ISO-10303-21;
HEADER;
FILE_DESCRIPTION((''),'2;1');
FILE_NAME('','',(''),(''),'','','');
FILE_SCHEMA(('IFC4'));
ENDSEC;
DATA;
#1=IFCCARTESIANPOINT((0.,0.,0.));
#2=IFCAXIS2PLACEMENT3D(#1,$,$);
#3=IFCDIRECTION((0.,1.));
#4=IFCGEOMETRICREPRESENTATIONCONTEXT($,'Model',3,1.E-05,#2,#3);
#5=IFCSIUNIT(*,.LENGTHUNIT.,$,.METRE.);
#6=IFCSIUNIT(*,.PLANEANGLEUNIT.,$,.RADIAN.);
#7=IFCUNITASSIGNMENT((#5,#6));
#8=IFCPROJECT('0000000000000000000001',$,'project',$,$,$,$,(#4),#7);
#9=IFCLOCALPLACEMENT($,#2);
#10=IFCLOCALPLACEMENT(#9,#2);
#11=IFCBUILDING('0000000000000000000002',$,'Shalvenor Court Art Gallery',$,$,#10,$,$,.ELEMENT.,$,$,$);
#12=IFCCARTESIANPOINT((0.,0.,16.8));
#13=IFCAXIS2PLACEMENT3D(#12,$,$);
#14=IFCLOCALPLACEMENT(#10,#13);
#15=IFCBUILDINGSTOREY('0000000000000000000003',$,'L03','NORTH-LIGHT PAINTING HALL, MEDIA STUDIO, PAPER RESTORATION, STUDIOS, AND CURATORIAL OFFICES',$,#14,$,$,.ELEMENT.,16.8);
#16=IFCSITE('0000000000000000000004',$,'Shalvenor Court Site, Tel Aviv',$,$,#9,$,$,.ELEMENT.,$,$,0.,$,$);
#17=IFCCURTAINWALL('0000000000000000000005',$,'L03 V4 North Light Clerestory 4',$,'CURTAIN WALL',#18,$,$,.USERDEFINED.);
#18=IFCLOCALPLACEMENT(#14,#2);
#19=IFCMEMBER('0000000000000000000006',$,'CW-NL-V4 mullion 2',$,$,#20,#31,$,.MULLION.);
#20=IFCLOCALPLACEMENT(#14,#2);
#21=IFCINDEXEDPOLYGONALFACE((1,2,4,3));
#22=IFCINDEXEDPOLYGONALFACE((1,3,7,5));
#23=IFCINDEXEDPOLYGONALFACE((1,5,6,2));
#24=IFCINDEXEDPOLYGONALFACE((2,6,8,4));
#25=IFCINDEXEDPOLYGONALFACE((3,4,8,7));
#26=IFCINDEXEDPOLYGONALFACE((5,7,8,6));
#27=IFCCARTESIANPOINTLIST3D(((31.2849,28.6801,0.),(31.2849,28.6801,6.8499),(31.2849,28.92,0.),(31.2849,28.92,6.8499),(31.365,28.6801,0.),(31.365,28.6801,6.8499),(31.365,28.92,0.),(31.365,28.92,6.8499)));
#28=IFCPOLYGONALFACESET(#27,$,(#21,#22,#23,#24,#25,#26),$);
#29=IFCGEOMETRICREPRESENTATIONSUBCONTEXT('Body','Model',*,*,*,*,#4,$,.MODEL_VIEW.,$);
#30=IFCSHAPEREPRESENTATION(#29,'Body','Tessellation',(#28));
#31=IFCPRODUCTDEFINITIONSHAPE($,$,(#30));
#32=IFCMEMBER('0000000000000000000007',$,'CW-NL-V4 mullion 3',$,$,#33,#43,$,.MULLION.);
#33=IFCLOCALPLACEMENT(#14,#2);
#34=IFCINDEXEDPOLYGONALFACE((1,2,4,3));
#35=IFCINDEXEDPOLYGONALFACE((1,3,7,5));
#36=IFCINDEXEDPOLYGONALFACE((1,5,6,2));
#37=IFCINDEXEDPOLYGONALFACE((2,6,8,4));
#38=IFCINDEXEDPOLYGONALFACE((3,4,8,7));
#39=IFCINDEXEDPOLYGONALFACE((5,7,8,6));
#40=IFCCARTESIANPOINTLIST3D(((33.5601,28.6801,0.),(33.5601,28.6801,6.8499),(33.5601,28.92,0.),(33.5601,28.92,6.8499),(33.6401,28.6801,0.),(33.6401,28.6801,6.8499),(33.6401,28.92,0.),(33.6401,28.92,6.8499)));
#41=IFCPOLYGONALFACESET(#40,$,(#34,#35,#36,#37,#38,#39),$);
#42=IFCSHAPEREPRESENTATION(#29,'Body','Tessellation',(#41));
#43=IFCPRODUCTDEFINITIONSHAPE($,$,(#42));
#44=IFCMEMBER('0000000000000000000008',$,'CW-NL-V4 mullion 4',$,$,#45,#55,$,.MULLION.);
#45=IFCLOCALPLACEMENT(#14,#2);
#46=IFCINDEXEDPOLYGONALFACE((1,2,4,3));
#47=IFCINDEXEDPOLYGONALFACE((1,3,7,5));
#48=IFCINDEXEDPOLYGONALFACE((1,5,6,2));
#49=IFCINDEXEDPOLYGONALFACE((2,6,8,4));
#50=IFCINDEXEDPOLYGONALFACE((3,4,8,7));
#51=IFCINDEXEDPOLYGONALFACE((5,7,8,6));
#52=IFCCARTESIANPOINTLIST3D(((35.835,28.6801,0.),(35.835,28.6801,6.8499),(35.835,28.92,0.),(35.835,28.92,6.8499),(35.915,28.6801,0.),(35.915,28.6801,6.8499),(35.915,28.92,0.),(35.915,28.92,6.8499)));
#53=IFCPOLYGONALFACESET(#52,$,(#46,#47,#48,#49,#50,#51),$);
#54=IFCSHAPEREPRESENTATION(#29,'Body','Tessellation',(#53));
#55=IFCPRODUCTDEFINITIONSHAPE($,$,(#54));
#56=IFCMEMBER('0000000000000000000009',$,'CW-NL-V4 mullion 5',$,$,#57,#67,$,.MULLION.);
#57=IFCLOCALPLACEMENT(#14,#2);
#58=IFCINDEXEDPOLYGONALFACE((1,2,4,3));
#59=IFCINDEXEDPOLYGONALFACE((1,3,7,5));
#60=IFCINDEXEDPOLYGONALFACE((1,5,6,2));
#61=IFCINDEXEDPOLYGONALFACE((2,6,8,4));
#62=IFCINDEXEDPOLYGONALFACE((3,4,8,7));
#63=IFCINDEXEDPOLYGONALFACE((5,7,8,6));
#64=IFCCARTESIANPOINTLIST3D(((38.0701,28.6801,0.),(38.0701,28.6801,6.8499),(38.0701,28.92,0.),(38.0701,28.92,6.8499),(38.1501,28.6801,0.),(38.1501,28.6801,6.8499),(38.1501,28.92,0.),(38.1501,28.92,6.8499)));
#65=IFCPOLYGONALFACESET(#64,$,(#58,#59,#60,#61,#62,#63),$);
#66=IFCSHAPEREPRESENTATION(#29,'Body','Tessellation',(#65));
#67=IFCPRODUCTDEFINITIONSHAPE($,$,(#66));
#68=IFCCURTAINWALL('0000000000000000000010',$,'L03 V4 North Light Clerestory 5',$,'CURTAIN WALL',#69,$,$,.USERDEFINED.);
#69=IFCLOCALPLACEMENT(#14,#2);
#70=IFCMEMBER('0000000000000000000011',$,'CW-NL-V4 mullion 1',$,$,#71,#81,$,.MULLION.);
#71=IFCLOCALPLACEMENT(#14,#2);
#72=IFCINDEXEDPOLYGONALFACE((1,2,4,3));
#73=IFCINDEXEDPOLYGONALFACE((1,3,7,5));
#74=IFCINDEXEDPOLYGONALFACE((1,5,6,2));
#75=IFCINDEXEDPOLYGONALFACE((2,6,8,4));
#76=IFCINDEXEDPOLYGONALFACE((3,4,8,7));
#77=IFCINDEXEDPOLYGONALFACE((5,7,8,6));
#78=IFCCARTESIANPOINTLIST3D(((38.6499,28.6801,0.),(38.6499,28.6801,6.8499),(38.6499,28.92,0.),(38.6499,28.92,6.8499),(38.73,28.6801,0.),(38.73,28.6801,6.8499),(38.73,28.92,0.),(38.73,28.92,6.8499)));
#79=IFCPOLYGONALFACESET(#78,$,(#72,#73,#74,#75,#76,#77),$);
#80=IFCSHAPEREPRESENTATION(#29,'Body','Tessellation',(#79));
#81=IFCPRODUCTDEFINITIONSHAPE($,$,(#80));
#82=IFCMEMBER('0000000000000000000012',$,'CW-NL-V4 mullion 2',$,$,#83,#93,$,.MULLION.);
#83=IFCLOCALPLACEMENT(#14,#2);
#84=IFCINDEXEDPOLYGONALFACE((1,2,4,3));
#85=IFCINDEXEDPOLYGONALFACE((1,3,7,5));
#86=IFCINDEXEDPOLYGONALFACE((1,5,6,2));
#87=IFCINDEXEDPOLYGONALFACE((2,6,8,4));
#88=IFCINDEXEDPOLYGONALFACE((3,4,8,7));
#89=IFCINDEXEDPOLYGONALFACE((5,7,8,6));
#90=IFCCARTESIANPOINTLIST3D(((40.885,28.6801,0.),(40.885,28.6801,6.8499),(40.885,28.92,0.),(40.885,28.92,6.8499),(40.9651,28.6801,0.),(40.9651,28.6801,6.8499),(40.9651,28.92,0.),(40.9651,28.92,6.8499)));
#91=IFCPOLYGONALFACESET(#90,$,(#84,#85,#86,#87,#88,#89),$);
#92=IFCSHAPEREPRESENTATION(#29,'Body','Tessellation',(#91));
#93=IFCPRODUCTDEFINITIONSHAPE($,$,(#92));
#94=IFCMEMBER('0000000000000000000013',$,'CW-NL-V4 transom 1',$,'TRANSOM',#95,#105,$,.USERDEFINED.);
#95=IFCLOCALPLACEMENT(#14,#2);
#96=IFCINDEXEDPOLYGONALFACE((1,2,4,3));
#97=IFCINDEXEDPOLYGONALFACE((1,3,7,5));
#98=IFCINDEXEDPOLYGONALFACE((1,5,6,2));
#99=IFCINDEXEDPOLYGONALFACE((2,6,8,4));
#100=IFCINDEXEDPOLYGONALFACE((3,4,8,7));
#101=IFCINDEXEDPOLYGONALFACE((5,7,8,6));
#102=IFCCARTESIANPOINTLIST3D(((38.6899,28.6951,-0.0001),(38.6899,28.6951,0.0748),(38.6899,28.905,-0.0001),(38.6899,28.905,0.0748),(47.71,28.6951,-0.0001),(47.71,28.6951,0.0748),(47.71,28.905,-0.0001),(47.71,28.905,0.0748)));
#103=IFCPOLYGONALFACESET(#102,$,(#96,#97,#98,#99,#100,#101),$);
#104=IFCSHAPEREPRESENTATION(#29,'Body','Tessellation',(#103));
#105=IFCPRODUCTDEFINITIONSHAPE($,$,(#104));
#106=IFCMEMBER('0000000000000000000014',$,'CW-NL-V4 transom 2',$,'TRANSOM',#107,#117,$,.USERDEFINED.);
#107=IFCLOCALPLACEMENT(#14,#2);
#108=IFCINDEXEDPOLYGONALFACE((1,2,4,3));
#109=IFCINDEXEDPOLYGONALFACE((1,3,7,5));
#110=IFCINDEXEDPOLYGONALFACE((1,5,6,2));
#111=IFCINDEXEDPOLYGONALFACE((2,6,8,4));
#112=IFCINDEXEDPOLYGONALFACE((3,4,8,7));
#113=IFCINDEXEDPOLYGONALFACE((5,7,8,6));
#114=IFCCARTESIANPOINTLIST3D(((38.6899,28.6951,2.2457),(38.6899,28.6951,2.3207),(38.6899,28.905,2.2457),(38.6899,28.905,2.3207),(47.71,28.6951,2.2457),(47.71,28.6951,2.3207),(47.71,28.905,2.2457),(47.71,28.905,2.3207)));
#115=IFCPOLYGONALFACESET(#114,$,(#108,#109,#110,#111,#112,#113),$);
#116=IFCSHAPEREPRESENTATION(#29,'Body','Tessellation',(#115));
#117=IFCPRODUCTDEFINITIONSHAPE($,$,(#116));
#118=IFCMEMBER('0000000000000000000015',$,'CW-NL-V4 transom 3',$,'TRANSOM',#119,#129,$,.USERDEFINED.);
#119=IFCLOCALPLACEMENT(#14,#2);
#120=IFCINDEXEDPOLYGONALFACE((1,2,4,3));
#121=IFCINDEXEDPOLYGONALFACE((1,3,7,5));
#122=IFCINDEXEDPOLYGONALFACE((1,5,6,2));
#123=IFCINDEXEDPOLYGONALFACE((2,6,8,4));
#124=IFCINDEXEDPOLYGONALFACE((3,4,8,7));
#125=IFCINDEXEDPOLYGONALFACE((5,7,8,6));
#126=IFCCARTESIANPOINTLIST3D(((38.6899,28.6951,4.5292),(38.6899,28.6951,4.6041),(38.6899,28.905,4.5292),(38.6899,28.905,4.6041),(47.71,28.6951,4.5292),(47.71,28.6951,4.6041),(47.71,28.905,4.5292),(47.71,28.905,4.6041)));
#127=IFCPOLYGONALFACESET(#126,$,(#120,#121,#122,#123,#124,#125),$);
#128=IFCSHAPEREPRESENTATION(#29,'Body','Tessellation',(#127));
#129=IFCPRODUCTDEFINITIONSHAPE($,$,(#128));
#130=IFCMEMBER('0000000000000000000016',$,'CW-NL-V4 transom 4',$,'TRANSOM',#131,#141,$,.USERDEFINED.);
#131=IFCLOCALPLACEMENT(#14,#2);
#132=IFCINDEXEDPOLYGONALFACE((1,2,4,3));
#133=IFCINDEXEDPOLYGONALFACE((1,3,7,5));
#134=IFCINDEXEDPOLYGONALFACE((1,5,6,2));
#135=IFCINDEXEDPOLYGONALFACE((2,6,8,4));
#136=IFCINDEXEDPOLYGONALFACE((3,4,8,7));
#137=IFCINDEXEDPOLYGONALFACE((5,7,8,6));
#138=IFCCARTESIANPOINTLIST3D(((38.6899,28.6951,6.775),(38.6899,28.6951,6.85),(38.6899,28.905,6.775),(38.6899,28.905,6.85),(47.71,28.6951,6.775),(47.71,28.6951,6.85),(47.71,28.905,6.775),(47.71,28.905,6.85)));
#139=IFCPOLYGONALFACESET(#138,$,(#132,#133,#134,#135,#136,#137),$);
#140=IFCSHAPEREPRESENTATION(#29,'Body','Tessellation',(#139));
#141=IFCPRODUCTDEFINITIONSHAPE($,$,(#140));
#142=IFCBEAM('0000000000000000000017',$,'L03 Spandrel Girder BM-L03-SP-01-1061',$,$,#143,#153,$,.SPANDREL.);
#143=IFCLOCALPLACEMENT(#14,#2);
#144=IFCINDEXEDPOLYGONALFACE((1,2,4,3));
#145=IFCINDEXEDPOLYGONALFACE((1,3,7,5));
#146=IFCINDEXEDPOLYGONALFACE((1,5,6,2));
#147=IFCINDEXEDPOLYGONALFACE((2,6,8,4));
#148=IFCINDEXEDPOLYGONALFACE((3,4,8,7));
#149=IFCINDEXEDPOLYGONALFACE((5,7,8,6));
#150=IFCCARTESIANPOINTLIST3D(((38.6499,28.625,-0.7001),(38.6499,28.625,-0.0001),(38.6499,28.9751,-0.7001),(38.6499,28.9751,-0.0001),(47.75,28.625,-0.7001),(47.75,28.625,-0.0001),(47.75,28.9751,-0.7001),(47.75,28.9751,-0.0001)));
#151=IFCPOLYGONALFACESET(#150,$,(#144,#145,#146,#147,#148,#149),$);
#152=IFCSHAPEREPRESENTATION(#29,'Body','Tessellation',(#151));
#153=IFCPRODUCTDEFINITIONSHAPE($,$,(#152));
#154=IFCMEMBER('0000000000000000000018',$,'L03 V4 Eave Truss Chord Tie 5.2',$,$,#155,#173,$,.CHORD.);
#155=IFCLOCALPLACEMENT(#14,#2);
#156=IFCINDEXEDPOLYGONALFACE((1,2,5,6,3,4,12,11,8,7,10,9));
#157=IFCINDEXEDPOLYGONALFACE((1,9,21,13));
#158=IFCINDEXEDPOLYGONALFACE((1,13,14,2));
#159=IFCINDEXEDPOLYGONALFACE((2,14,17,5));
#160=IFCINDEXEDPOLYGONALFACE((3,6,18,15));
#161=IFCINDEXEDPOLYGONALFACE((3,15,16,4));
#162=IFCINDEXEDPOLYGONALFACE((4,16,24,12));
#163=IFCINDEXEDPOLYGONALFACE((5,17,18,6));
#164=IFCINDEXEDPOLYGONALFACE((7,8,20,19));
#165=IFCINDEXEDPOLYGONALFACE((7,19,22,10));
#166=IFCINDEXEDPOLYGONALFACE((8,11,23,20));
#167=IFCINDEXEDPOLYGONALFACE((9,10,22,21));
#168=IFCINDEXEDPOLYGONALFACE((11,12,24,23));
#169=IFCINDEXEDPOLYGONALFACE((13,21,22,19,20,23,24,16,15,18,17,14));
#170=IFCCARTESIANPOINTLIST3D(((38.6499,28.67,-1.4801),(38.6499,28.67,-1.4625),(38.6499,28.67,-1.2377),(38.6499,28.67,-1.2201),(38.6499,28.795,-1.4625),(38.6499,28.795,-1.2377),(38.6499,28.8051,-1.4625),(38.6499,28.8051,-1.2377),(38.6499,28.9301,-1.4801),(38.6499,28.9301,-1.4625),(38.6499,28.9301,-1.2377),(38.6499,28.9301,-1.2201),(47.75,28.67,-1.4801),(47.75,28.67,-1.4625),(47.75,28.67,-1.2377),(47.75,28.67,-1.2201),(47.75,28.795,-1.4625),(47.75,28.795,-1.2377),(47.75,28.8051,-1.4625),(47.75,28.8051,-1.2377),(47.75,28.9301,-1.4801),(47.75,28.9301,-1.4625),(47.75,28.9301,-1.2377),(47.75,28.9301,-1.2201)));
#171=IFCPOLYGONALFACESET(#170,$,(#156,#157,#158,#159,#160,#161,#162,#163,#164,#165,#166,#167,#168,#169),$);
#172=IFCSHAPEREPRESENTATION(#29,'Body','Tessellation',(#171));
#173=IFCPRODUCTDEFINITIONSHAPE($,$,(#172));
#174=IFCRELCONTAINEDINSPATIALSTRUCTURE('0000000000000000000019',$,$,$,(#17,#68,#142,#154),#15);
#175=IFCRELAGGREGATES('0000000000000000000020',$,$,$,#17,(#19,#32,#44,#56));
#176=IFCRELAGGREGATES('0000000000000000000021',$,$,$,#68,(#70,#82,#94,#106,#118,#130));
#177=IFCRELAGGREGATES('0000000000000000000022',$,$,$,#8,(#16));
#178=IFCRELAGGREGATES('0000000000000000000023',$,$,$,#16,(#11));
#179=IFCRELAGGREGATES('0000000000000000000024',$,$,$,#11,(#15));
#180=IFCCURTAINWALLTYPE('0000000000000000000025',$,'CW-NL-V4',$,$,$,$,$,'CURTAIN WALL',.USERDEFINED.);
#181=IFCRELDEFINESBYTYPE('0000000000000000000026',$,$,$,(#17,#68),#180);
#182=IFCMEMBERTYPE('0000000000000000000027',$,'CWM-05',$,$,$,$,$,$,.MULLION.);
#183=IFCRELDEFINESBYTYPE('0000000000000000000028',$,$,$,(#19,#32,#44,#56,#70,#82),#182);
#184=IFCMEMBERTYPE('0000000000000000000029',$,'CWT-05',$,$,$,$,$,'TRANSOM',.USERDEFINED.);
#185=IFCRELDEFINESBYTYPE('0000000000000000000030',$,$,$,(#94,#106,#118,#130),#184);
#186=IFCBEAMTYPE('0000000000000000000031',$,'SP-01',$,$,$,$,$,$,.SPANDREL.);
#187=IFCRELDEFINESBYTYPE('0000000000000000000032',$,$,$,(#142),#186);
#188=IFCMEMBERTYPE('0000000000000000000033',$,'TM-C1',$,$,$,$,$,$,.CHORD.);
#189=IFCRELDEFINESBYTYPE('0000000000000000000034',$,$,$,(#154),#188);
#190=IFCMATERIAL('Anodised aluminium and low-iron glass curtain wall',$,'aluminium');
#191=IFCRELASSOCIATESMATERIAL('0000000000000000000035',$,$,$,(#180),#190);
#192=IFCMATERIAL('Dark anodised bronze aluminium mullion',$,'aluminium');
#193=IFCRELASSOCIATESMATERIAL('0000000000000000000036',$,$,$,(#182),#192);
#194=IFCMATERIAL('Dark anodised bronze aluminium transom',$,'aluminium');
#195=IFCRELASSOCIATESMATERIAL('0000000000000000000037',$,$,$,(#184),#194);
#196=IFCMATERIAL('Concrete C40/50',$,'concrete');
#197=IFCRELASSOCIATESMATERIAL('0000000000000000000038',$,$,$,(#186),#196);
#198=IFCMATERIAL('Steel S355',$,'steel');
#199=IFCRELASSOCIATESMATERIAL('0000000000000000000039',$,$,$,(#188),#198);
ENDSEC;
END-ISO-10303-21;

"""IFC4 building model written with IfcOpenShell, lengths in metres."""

from ifc_helpers import new_model, si_unit, direction, frame, origin, origin_2d, place, context, subcontext, project, spatial, rectangle, i_section, extrude, material, material_profile, profile_set, type_object, element, aggregate, save


model = new_model("IFC4")

# Units and contexts
model_context = context("Model", 3, precision=1e-05, world=origin(), true_north=direction((0.0, 1.0)))
body_context = subcontext(model_context, "Body", "Model", "MODEL_VIEW")
ifc_project = project(units=[si_unit("LENGTHUNIT", "METRE"), si_unit("PLANEANGLEUNIT", "RADIAN")], contexts=[model_context])

# Site, building, storey
site_placement = place(None, origin())
site = spatial("IfcSite", under=ifc_project, at=site_placement, Name="Shalvenor Court Site, Tel Aviv", CompositionType="ELEMENT", RefElevation=0.0)
building_placement = place(site_placement, origin())
building = spatial("IfcBuilding", under=site, at=building_placement, Name="Shalvenor Court Art Gallery", CompositionType="ELEMENT")
storey_placement = place(building_placement, frame((0.0, 0.0, 16.8)))
storey = spatial("IfcBuildingStorey", under=building, at=storey_placement, Name="L03", Description="NORTH-LIGHT PAINTING HALL, MEDIA STUDIO, PAPER RESTORATION, STUDIOS, AND CURATORIAL OFFICES", CompositionType="ELEMENT", Elevation=16.8)

# Curtain walls, members
ifc_material_1 = material(Name="Anodised aluminium and low-iron glass curtain wall", Category="aluminium")
curtain_wall_type = type_object("IfcCurtainWallType", Name="CW-NL-V4", ElementType="CURTAIN WALL", PredefinedType="USERDEFINED", material=ifc_material_1)
curtain_wall_1_placement = place(storey_placement, origin())
curtain_wall_1 = element("IfcCurtainWall", 1, at=curtain_wall_1_placement, inside=storey, type_object=curtain_wall_type, Name="L03 V4 North Light Clerestory 4", ObjectType="CURTAIN WALL", PredefinedType="USERDEFINED")
ifc_material_2 = material(Name="Dark anodised bronze aluminium mullion", Category="aluminium")
ifc_material_profile_1 = material_profile(ifc_material_2, rectangle(XDim=0.0801, YDim=0.24, at=origin_2d()), Name="CWM-05")
ifc_profile_set_1 = profile_set([ifc_material_profile_1], Name="Dark anodised bronze aluminium mullion")
member_type_1 = type_object("IfcMemberType", Name="CWM-05", PredefinedType="MULLION", material=ifc_profile_set_1)
member_1_placement = place(storey_placement, frame((31.325, 28.8, 0.0), z_axis=(0.0, 0.0, 1.0), x_axis=(1.0, 0.0, 0.0)))
member_1 = element("IfcMember", 2, at=member_1_placement, type_object=member_type_1, Name="CW-NL-V4 mullion 2", PredefinedType="MULLION", context=body_context, shape_type="SweptSolid", body=[
    extrude(rectangle(XDim=0.0801, YDim=0.24, at=origin_2d()), origin(), (0.0, 0.0, 1.0), 6.8499),
])
member_2_placement = place(storey_placement, frame((33.6001, 28.8, 0.0), z_axis=(0.0, 0.0, 1.0), x_axis=(1.0, 0.0, 0.0)))
member_2 = element("IfcMember", 3, at=member_2_placement, type_object=member_type_1, Name="CW-NL-V4 mullion 3", PredefinedType="MULLION", context=body_context, shape_type="SweptSolid", body=[
    extrude(rectangle(XDim=0.0801, YDim=0.24, at=origin_2d()), origin(), (0.0, 0.0, 1.0), 6.8499),
])
member_3_placement = place(storey_placement, frame((35.875, 28.8, 0.0), z_axis=(0.0, 0.0, 1.0), x_axis=(1.0, 0.0, 0.0)))
member_3 = element("IfcMember", 4, at=member_3_placement, type_object=member_type_1, Name="CW-NL-V4 mullion 4", PredefinedType="MULLION", context=body_context, shape_type="SweptSolid", body=[
    extrude(rectangle(XDim=0.0801, YDim=0.24, at=origin_2d()), origin(), (0.0, 0.0, 1.0), 6.8499),
])
member_4_placement = place(storey_placement, frame((38.1101, 28.8, 0.0), z_axis=(0.0, 0.0, 1.0), x_axis=(1.0, 0.0, 0.0)))
member_4 = element("IfcMember", 5, at=member_4_placement, type_object=member_type_1, Name="CW-NL-V4 mullion 5", PredefinedType="MULLION", context=body_context, shape_type="SweptSolid", body=[
    extrude(rectangle(XDim=0.0801, YDim=0.24, at=origin_2d()), origin(), (0.0, 0.0, 1.0), 6.8499),
])
curtain_wall_2_placement = place(storey_placement, origin())
curtain_wall_2 = element("IfcCurtainWall", 6, at=curtain_wall_2_placement, inside=storey, type_object=curtain_wall_type, Name="L03 V4 North Light Clerestory 5", ObjectType="CURTAIN WALL", PredefinedType="USERDEFINED")
member_5_placement = place(storey_placement, frame((38.6899, 28.8, 0.0), z_axis=(0.0, 0.0, 1.0), x_axis=(1.0, 0.0, 0.0)))
member_5 = element("IfcMember", 7, at=member_5_placement, type_object=member_type_1, Name="CW-NL-V4 mullion 1", PredefinedType="MULLION", context=body_context, shape_type="SweptSolid", body=[
    extrude(rectangle(XDim=0.0801, YDim=0.24, at=origin_2d()), origin(), (0.0, 0.0, 1.0), 6.8499),
])
member_6_placement = place(storey_placement, frame((40.925, 28.8, 0.0), z_axis=(0.0, 0.0, 1.0), x_axis=(1.0, 0.0, 0.0)))
member_6 = element("IfcMember", 8, at=member_6_placement, type_object=member_type_1, Name="CW-NL-V4 mullion 2", PredefinedType="MULLION", context=body_context, shape_type="SweptSolid", body=[
    extrude(rectangle(XDim=0.0801, YDim=0.24, at=origin_2d()), origin(), (0.0, 0.0, 1.0), 6.8499),
])
ifc_material_3 = material(Name="Dark anodised bronze aluminium transom", Category="aluminium")
ifc_material_profile_2 = material_profile(ifc_material_3, rectangle(XDim=0.21, YDim=0.075, at=origin_2d()), Name="CWT-05")
ifc_profile_set_2 = profile_set([ifc_material_profile_2], Name="Dark anodised bronze aluminium transom")
member_type_2 = type_object("IfcMemberType", Name="CWT-05", ElementType="TRANSOM", PredefinedType="USERDEFINED", material=ifc_profile_set_2)
member_7_placement = place(storey_placement, frame((38.6899, 28.8, 0.0374), z_axis=(1.0, 0.0, 0.0), x_axis=(0.0, 1.0, 0.0)))
member_7 = element("IfcMember", 9, at=member_7_placement, type_object=member_type_2, Name="CW-NL-V4 transom 1", ObjectType="TRANSOM", PredefinedType="USERDEFINED", context=body_context, shape_type="SweptSolid", body=[
    extrude(rectangle(XDim=0.21, YDim=0.075, at=origin_2d()), origin(), (0.0, 0.0, 1.0), 9.02),
])
member_8_placement = place(storey_placement, frame((38.6899, 28.8, 2.2832), z_axis=(1.0, 0.0, 0.0), x_axis=(0.0, 1.0, 0.0)))
member_8 = element("IfcMember", 10, at=member_8_placement, type_object=member_type_2, Name="CW-NL-V4 transom 2", ObjectType="TRANSOM", PredefinedType="USERDEFINED", context=body_context, shape_type="SweptSolid", body=[
    extrude(rectangle(XDim=0.21, YDim=0.075, at=origin_2d()), origin(), (0.0, 0.0, 1.0), 9.02),
])
member_9_placement = place(storey_placement, frame((38.6899, 28.8, 4.5667), z_axis=(1.0, 0.0, 0.0), x_axis=(0.0, 1.0, 0.0)))
member_9 = element("IfcMember", 11, at=member_9_placement, type_object=member_type_2, Name="CW-NL-V4 transom 3", ObjectType="TRANSOM", PredefinedType="USERDEFINED", context=body_context, shape_type="SweptSolid", body=[
    extrude(rectangle(XDim=0.21, YDim=0.075, at=origin_2d()), origin(), (0.0, 0.0, 1.0), 9.02),
])
member_10_placement = place(storey_placement, frame((38.6899, 28.8, 6.8125), z_axis=(1.0, 0.0, 0.0), x_axis=(0.0, 1.0, 0.0)))
member_10 = element("IfcMember", 12, at=member_10_placement, type_object=member_type_2, Name="CW-NL-V4 transom 4", ObjectType="TRANSOM", PredefinedType="USERDEFINED", context=body_context, shape_type="SweptSolid", body=[
    extrude(rectangle(XDim=0.21, YDim=0.075, at=origin_2d()), origin(), (0.0, 0.0, 1.0), 9.02),
])

# Beam
ifc_material_4 = material(Name="Concrete C40/50", Category="concrete")
ifc_material_profile_3 = material_profile(ifc_material_4, rectangle(XDim=0.3501, YDim=0.7, at=origin_2d()), Name="RC 350x700")
ifc_profile_set_3 = profile_set([ifc_material_profile_3], Name="Concrete C40/50")
beam_type = type_object("IfcBeamType", Name="SP-01", PredefinedType="SPANDREL", material=ifc_profile_set_3)
beam_placement = place(storey_placement, frame((38.6499, 28.8, -0.3501), z_axis=(1.0, 0.0, 0.0), x_axis=(0.0, 1.0, 0.0)))
element("IfcBeam", 13, at=beam_placement, inside=storey, type_object=beam_type, Name="L03 Spandrel Girder BM-L03-SP-01-1061", PredefinedType="SPANDREL", context=body_context, shape_type="SweptSolid", body=[
    extrude(rectangle(XDim=0.3501, YDim=0.7, at=origin_2d()), origin(), (0.0, 0.0, 1.0), 9.1001),
])

# Member
ifc_material_5 = material(Name="Steel S355", Category="steel")
ifc_material_profile_4 = material_profile(ifc_material_5, i_section(OverallWidth=0.26, OverallDepth=0.26, WebThickness=0.01, FlangeThickness=0.0176, at=origin_2d()), Name="HEB 260")
ifc_profile_set_4 = profile_set([ifc_material_profile_4], Name="Steel S355")
member_type_3 = type_object("IfcMemberType", Name="TM-C1", PredefinedType="CHORD", material=ifc_profile_set_4)
member_11_placement = place(storey_placement, frame((38.6499, 28.8, -1.3501), z_axis=(1.0, 0.0, 0.0), x_axis=(0.0, 1.0, 0.0)))
element("IfcMember", 14, at=member_11_placement, inside=storey, type_object=member_type_3, Name="L03 V4 Eave Truss Chord Tie 5.2", PredefinedType="CHORD", context=body_context, shape_type="SweptSolid", body=[
    extrude(i_section(OverallWidth=0.26, OverallDepth=0.26, WebThickness=0.01, FlangeThickness=0.0176, at=origin_2d()), origin(), (0.0, 0.0, 1.0), 9.1001),
])

aggregate(curtain_wall_1, [member_1, member_2, member_3, member_4])
aggregate(curtain_wall_2, [member_5, member_6, member_7, member_8, member_9, member_10])

save(model, "model.ifc")
